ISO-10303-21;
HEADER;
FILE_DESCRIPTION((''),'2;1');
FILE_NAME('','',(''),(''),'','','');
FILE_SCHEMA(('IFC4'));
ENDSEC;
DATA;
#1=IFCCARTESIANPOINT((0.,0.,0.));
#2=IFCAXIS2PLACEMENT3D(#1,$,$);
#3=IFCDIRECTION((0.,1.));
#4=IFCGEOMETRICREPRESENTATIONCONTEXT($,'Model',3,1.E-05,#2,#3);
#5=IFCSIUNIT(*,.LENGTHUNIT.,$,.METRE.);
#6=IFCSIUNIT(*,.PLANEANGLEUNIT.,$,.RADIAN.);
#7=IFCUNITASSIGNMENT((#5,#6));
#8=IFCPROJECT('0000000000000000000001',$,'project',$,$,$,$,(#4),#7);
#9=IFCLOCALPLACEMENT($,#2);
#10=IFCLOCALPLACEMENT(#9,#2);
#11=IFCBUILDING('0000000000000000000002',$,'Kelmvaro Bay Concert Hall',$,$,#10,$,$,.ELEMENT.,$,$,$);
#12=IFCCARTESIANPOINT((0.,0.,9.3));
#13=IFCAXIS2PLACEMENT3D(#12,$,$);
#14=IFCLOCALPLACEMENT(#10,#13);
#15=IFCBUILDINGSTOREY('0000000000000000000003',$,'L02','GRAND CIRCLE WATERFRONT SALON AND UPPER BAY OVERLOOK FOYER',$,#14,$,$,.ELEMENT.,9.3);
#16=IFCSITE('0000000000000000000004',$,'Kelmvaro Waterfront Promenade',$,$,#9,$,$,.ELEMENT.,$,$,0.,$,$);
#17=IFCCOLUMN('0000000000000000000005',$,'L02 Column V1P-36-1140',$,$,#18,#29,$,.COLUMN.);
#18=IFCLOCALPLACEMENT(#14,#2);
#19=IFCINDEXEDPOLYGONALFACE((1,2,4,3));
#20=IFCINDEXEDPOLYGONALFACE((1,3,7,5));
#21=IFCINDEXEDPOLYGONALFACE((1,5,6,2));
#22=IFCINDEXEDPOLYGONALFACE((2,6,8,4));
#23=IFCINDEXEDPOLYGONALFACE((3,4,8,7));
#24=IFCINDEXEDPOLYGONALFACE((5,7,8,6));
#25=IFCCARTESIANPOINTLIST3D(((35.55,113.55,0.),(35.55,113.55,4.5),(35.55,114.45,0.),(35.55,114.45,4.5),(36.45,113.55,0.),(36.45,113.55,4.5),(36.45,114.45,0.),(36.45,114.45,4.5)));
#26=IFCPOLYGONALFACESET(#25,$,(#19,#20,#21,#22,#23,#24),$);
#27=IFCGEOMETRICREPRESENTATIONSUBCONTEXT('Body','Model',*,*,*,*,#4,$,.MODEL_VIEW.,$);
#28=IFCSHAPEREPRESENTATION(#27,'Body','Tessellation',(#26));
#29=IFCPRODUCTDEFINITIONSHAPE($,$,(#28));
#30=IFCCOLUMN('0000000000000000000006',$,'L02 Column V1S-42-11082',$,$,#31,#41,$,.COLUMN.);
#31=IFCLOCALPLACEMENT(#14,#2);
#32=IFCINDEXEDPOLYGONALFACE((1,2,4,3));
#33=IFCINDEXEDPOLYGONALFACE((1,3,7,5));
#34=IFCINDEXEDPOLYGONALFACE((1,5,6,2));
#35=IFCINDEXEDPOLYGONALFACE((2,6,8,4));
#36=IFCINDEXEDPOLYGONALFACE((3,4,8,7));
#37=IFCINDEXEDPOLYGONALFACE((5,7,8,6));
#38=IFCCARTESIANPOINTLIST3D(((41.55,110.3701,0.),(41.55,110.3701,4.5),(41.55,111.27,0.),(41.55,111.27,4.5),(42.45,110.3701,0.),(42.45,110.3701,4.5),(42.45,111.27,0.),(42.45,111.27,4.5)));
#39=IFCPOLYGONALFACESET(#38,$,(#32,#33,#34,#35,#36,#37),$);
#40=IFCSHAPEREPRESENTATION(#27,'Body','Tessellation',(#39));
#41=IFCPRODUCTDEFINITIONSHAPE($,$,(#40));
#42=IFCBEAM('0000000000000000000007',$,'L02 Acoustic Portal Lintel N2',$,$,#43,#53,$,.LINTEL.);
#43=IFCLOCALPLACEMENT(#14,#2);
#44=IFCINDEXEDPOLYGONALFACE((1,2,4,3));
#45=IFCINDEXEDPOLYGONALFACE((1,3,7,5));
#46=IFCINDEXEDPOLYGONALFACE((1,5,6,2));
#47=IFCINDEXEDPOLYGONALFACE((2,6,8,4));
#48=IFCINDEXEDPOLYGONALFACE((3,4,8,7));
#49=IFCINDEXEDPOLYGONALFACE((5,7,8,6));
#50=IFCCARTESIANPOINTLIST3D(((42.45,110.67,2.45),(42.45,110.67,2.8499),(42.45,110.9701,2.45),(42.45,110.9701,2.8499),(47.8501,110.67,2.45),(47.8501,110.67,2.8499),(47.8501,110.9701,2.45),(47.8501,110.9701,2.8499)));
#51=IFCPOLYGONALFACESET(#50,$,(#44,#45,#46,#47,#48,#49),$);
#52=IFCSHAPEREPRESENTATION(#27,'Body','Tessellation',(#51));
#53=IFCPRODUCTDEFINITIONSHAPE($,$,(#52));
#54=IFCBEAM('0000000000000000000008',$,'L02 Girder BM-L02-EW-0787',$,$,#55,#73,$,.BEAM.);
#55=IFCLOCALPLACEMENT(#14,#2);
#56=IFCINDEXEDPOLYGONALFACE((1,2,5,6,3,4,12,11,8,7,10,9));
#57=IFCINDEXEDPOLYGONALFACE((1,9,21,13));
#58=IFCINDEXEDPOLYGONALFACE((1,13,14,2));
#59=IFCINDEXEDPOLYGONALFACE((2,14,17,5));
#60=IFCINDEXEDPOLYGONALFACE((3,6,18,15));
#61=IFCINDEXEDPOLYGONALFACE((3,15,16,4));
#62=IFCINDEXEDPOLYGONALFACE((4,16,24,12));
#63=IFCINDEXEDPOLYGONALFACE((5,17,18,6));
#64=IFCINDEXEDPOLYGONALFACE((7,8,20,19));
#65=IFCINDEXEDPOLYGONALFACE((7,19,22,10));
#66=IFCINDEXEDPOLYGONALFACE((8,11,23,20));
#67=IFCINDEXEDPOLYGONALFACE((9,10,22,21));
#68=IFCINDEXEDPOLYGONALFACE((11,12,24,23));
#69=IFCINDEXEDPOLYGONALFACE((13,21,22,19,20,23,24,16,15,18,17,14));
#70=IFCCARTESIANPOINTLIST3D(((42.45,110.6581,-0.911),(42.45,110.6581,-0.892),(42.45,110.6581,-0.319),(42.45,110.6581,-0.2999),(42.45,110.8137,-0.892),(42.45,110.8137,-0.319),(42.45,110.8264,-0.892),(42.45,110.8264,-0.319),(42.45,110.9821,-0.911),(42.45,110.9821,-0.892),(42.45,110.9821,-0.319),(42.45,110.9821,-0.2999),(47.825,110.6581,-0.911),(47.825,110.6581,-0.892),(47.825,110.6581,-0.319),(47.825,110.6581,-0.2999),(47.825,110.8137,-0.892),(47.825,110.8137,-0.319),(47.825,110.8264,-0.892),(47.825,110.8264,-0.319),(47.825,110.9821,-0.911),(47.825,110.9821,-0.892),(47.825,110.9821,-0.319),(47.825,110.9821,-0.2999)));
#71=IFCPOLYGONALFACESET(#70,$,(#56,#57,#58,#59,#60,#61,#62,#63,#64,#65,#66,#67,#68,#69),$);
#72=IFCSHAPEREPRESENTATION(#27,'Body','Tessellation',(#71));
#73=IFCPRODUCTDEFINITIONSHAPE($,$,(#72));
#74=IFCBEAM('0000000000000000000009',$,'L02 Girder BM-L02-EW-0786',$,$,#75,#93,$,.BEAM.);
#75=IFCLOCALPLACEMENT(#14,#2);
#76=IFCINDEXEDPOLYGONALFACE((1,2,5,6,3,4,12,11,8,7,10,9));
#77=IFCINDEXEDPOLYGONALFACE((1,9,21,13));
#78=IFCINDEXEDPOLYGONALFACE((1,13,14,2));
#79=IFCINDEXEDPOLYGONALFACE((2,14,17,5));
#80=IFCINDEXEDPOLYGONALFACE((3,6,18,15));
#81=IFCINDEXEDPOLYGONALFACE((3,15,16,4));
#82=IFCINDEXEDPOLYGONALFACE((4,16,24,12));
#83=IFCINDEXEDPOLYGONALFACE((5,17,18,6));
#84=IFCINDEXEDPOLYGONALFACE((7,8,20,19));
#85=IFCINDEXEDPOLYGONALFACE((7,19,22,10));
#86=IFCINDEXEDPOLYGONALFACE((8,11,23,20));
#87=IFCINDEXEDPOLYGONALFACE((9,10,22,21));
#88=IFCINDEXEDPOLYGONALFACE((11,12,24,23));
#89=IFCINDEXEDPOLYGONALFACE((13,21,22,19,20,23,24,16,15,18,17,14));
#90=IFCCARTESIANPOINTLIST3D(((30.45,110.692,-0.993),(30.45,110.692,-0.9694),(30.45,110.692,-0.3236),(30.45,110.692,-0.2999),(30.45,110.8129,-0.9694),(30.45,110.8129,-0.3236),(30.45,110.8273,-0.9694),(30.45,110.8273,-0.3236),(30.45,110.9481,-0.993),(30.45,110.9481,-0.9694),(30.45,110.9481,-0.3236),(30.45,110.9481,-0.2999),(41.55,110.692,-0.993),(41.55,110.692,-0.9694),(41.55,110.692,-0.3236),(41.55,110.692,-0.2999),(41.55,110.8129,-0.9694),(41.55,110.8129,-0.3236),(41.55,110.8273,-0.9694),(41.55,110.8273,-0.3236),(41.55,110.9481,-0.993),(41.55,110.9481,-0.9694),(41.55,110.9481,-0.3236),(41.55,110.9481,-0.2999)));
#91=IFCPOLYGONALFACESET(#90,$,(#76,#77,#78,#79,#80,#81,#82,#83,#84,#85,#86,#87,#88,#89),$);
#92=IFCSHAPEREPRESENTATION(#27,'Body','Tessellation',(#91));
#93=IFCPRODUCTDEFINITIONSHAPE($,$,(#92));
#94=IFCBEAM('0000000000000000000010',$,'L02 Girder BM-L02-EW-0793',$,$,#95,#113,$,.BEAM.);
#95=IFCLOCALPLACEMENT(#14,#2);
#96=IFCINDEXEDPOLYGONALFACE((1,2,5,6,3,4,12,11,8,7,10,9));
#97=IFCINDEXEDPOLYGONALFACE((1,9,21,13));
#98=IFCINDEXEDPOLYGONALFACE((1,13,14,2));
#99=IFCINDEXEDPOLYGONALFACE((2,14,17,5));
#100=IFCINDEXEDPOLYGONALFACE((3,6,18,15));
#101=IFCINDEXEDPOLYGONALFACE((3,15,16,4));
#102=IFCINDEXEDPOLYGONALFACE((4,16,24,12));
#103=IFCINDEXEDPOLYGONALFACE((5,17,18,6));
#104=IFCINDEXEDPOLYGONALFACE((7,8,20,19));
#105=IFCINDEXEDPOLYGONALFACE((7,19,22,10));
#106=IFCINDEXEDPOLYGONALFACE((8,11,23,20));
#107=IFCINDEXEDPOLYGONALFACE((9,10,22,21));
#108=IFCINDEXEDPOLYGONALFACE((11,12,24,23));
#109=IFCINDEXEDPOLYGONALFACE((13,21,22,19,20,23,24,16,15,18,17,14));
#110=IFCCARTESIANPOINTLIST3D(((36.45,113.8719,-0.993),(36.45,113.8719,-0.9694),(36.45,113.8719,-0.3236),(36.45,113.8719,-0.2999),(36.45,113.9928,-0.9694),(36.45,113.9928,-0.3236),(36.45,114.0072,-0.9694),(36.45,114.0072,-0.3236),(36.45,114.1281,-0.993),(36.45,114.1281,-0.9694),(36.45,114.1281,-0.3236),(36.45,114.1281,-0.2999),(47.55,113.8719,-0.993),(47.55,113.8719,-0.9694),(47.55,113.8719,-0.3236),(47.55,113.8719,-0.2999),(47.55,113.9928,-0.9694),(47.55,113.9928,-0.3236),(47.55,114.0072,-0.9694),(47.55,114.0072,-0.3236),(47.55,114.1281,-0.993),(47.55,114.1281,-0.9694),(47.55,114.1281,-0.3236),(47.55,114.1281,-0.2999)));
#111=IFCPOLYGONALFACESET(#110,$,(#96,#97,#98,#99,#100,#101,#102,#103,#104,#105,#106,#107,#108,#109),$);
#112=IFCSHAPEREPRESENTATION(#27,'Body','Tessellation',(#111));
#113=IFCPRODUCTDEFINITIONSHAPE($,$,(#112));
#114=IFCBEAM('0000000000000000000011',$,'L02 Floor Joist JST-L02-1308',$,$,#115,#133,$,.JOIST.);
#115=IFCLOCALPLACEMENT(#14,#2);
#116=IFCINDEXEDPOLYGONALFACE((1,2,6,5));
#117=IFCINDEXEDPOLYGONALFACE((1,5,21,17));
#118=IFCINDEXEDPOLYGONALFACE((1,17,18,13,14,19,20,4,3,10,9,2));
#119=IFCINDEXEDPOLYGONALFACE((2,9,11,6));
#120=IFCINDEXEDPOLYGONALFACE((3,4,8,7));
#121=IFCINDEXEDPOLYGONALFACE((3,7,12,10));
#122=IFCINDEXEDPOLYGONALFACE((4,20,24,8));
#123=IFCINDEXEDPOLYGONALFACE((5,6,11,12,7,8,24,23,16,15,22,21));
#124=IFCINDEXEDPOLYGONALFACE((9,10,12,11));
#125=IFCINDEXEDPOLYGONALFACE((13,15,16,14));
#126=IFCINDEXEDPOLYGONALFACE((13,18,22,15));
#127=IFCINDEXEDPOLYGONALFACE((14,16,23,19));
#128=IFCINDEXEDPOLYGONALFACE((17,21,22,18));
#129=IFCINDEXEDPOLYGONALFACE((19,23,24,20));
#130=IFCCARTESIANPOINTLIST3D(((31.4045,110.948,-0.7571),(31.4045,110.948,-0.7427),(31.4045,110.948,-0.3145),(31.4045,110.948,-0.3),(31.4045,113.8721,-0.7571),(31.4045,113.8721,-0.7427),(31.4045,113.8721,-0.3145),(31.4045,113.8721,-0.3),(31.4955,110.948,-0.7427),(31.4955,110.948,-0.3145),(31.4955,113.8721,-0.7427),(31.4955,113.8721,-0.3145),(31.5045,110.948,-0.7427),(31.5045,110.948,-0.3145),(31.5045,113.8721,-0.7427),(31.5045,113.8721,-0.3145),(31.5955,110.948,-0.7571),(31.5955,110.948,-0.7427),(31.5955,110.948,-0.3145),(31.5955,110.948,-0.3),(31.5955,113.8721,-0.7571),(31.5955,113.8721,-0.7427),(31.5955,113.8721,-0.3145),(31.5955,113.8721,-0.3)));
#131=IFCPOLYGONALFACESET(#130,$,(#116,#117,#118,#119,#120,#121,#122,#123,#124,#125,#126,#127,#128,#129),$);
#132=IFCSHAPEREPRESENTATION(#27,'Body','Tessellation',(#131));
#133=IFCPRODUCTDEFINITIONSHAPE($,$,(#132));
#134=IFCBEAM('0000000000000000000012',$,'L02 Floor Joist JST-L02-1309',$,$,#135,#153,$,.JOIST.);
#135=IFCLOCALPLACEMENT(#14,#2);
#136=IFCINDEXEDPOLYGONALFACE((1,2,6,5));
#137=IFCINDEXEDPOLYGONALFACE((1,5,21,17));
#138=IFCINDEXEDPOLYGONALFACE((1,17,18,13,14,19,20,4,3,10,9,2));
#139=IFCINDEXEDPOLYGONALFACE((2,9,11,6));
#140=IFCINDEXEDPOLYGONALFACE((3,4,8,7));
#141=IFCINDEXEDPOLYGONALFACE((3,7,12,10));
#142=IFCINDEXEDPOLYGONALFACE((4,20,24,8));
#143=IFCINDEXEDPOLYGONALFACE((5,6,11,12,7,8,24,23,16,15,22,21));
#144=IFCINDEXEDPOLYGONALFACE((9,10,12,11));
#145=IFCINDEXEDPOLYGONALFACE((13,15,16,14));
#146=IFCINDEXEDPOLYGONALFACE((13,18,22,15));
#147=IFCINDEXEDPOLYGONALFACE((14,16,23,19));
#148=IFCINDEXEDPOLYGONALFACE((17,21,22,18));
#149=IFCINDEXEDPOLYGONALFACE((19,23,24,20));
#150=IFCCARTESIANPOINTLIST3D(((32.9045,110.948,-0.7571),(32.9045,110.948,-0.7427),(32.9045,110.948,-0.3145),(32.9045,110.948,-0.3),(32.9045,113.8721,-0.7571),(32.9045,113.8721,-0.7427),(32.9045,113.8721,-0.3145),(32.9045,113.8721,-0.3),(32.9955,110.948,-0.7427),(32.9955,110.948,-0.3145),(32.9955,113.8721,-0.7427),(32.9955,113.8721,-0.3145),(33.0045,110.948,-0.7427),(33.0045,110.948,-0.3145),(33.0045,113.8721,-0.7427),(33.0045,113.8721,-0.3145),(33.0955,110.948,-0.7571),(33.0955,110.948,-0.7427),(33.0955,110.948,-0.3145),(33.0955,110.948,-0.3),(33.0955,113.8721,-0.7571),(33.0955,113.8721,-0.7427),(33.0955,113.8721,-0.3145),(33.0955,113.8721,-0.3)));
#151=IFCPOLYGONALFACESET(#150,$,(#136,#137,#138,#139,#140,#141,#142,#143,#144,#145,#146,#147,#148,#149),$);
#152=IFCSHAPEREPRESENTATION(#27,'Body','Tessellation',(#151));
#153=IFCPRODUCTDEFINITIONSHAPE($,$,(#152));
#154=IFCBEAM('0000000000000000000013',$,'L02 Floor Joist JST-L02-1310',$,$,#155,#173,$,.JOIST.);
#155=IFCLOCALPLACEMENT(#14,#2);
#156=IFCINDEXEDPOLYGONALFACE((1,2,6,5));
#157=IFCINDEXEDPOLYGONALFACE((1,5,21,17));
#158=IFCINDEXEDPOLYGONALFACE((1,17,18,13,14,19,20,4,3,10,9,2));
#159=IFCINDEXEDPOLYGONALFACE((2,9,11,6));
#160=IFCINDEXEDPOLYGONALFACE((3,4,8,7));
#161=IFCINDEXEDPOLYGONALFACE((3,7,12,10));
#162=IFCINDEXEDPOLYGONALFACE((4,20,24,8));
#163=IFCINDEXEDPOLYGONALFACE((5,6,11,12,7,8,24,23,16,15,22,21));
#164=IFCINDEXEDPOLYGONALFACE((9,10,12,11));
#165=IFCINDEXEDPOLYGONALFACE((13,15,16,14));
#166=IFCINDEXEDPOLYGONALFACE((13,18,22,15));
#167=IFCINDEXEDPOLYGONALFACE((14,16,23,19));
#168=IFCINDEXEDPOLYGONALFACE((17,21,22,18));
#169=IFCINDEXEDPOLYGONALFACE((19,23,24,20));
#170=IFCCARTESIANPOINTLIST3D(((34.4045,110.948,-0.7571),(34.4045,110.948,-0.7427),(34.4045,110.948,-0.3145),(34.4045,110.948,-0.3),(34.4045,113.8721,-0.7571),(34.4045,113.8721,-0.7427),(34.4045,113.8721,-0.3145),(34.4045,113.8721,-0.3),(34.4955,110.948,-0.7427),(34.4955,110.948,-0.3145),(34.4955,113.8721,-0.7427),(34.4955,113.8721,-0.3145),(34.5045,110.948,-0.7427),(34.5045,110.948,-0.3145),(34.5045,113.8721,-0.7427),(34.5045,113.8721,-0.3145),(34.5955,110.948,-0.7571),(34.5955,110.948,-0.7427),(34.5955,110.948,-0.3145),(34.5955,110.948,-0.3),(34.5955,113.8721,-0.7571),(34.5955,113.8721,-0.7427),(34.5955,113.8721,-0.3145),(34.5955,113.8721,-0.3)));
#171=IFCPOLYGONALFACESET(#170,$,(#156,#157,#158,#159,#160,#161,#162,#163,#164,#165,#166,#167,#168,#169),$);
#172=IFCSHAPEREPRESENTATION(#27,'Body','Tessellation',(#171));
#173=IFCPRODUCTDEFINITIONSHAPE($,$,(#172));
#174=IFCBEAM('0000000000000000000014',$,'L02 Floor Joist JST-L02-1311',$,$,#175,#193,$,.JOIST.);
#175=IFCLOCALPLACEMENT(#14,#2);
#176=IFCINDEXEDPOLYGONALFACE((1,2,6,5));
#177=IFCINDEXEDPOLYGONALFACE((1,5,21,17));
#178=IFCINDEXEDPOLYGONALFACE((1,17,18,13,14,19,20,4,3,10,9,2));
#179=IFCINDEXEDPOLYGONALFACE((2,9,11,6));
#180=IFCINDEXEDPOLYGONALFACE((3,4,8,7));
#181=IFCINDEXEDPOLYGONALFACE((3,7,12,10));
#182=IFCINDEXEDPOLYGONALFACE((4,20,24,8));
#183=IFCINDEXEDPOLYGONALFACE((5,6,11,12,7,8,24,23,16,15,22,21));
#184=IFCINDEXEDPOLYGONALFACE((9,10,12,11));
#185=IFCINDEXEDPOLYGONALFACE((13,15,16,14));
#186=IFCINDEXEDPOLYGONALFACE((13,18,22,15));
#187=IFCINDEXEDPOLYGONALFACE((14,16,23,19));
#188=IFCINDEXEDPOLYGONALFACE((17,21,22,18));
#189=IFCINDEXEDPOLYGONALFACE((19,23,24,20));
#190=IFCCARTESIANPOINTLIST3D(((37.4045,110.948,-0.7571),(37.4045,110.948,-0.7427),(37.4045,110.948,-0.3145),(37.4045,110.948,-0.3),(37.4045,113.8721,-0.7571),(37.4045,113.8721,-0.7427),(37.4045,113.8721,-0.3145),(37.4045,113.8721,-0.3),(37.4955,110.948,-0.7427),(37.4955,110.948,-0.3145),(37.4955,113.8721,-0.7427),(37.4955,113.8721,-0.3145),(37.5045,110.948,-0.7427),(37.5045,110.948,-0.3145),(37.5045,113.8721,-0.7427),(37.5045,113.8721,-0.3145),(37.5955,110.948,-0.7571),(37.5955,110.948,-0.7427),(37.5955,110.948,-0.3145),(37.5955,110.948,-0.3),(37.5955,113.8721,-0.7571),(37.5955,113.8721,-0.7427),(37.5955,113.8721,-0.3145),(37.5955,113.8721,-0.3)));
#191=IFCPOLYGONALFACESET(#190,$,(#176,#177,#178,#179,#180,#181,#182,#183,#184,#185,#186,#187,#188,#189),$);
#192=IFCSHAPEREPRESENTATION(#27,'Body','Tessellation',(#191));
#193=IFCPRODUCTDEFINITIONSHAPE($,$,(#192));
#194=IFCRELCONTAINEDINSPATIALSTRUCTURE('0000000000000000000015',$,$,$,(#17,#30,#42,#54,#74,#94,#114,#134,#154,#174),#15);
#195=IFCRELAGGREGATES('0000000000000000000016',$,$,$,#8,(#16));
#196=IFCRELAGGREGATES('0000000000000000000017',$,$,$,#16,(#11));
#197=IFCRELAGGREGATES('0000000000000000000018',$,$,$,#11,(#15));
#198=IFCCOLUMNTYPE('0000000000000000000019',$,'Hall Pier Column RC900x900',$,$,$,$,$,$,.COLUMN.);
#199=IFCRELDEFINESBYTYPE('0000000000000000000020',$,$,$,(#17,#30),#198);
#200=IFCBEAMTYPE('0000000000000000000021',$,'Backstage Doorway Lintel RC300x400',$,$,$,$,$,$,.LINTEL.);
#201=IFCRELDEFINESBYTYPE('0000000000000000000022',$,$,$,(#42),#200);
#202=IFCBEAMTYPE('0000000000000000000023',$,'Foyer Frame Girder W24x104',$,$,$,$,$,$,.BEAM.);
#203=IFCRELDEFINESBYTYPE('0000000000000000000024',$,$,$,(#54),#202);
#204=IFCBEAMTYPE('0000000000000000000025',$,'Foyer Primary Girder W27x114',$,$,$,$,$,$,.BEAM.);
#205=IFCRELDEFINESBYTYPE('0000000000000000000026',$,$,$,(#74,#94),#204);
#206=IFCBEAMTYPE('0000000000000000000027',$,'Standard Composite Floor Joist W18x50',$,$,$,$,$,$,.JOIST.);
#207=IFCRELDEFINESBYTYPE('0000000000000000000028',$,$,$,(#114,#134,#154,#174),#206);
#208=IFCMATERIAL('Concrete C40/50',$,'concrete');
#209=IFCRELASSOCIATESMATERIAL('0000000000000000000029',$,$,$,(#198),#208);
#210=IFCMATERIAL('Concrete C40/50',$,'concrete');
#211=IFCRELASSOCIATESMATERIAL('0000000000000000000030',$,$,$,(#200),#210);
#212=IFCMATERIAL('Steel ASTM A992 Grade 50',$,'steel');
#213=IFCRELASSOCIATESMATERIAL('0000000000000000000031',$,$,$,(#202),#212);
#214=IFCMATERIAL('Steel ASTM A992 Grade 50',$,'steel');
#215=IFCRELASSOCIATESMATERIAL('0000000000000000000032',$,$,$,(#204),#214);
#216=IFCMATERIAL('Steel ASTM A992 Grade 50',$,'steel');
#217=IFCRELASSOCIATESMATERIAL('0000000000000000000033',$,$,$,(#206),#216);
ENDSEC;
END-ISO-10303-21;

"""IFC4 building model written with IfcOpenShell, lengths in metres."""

from ifc_helpers import new_model, si_unit, direction, frame, origin, origin_2d, place, context, subcontext, project, spatial, rectangle, i_section, extrude, material, material_profile, profile_set, type_object, element, save


model = new_model("IFC4")

# Units and contexts
model_context = context("Model", 3, precision=1e-05, world=origin(), true_north=direction((0.0, 1.0)))
body_context = subcontext(model_context, "Body", "Model", "MODEL_VIEW")
ifc_project = project(units=[si_unit("LENGTHUNIT", "METRE"), si_unit("PLANEANGLEUNIT", "RADIAN")], contexts=[model_context])

# Site, building, storey
site_placement = place(None, origin())
site = spatial("IfcSite", under=ifc_project, at=site_placement, Name="Kelmvaro Waterfront Promenade", CompositionType="ELEMENT", RefElevation=0.0)
building_placement = place(site_placement, origin())
building = spatial("IfcBuilding", under=site, at=building_placement, Name="Kelmvaro Bay Concert Hall", CompositionType="ELEMENT")
storey_placement = place(building_placement, frame((0.0, 0.0, 9.3)))
storey = spatial("IfcBuildingStorey", under=building, at=storey_placement, Name="L02", Description="GRAND CIRCLE WATERFRONT SALON AND UPPER BAY OVERLOOK FOYER", CompositionType="ELEMENT", Elevation=9.3)

# Columns
ifc_material_1 = material(Name="Concrete C40/50", Category="concrete")
ifc_material_profile_1 = material_profile(ifc_material_1, rectangle(XDim=0.8999, YDim=0.8999, at=origin_2d()), Name="RC-COL-900X900")
ifc_profile_set_1 = profile_set([ifc_material_profile_1], Name="Concrete C40/50")
column_type = type_object("IfcColumnType", Name="Hall Pier Column RC900x900", PredefinedType="COLUMN", material=ifc_profile_set_1)
for number, where, z_axis, x_axis, name in (
    (1, (36.0, 114.0, 0.0), (0.0, 0.0, 1.0), (1.0, 0.0, 0.0), "L02 Column V1P-36-1140"),
    (2, (42.0, 110.8201, 0.0), (0.0, 0.0, 1.0), (1.0, 0.0, 0.0), "L02 Column V1S-42-11082"),
):
    element("IfcColumn", number, at=place(storey_placement, frame(where, z_axis=z_axis, x_axis=x_axis)), inside=storey, type_object=column_type, Name=name, PredefinedType="COLUMN", context=body_context, shape_type="SweptSolid", body=[
        extrude(rectangle(XDim=0.8999, YDim=0.8999, at=origin_2d()), origin(), (0.0, 0.0, 1.0), 4.5),
    ])

# Beams
ifc_material_2 = material(Name="Concrete C40/50", Category="concrete")
ifc_material_profile_2 = material_profile(ifc_material_2, rectangle(XDim=0.3, YDim=0.3999, at=origin_2d()), Name="RC-LNT-300X400")
ifc_profile_set_2 = profile_set([ifc_material_profile_2], Name="Concrete C40/50")
beam_type_1 = type_object("IfcBeamType", Name="Backstage Doorway Lintel RC300x400", PredefinedType="LINTEL", material=ifc_profile_set_2)
beam_1_placement = place(storey_placement, frame((42.45, 110.8201, 2.6499), z_axis=(1.0, 0.0, 0.0), x_axis=(0.0, 1.0, 0.0)))
element("IfcBeam", 3, at=beam_1_placement, inside=storey, type_object=beam_type_1, Name="L02 Acoustic Portal Lintel N2", PredefinedType="LINTEL", context=body_context, shape_type="SweptSolid", body=[
    extrude(rectangle(XDim=0.3, YDim=0.3999, at=origin_2d()), origin(), (0.0, 0.0, 1.0), 5.4001),
])
ifc_material_3 = material(Name="Steel ASTM A992 Grade 50", Category="steel")
ifc_material_profile_3 = material_profile(ifc_material_3, i_section(OverallWidth=0.324, OverallDepth=0.6111, WebThickness=0.0127, FlangeThickness=0.019, at=origin_2d()), Name="W24X104")
ifc_profile_set_3 = profile_set([ifc_material_profile_3], Name="Steel ASTM A992 Grade 50")
beam_type_2 = type_object("IfcBeamType", Name="Foyer Frame Girder W24x104", PredefinedType="BEAM", material=ifc_profile_set_3)
beam_2_placement = place(storey_placement, frame((42.45, 110.8201, -0.6055), z_axis=(1.0, 0.0, 0.0), x_axis=(0.0, 1.0, 0.0)))
element("IfcBeam", 4, at=beam_2_placement, inside=storey, type_object=beam_type_2, Name="L02 Girder BM-L02-EW-0787", PredefinedType="BEAM", context=body_context, shape_type="SweptSolid", body=[
    extrude(i_section(OverallWidth=0.324, OverallDepth=0.6111, WebThickness=0.0127, FlangeThickness=0.019, at=origin_2d()), origin(), (0.0, 0.0, 1.0), 5.375),
])
ifc_material_4 = material(Name="Steel ASTM A992 Grade 50", Category="steel")
ifc_material_profile_4 = material_profile(ifc_material_4, i_section(OverallWidth=0.2561, OverallDepth=0.6931, WebThickness=0.0144, FlangeThickness=0.0237, at=origin_2d()), Name="W27X114")
ifc_profile_set_4 = profile_set([ifc_material_profile_4], Name="Steel ASTM A992 Grade 50")
beam_type_3 = type_object("IfcBeamType", Name="Foyer Primary Girder W27x114", PredefinedType="BEAM", material=ifc_profile_set_4)
for number, where, z_axis, x_axis, name in (
    (5, (30.45, 110.8201, -0.6465), (1.0, 0.0, 0.0), (0.0, 1.0, 0.0), "L02 Girder BM-L02-EW-0786"),
    (6, (36.45, 114.0, -0.6465), (1.0, 0.0, 0.0), (0.0, 1.0, 0.0), "L02 Girder BM-L02-EW-0793"),
):
    element("IfcBeam", number, at=place(storey_placement, frame(where, z_axis=z_axis, x_axis=x_axis)), inside=storey, type_object=beam_type_3, Name=name, PredefinedType="BEAM", context=body_context, shape_type="SweptSolid", body=[
        extrude(i_section(OverallWidth=0.2561, OverallDepth=0.6931, WebThickness=0.0144, FlangeThickness=0.0237, at=origin_2d()), origin(), (0.0, 0.0, 1.0), 11.1001),
    ])
ifc_material_5 = material(Name="Steel ASTM A992 Grade 50", Category="steel")
ifc_material_profile_5 = material_profile(ifc_material_5, i_section(OverallWidth=0.1909, OverallDepth=0.457, WebThickness=0.009, FlangeThickness=0.0144, at=origin_2d()), Name="W18X50")
ifc_profile_set_5 = profile_set([ifc_material_profile_5], Name="Steel ASTM A992 Grade 50")
beam_type_4 = type_object("IfcBeamType", Name="Standard Composite Floor Joist W18x50", PredefinedType="JOIST", material=ifc_profile_set_5)
for number, where, z_axis, x_axis, name in (
    (7, (31.5, 110.948, -0.5286), (0.0, 1.0, 0.0), (-1.0, 0.0, 0.0), "L02 Floor Joist JST-L02-1308"),
    (8, (33.0, 110.948, -0.5286), (0.0, 1.0, 0.0), (-1.0, 0.0, 0.0), "L02 Floor Joist JST-L02-1309"),
    (9, (34.5, 110.948, -0.5286), (0.0, 1.0, 0.0), (-1.0, 0.0, 0.0), "L02 Floor Joist JST-L02-1310"),
    (10, (37.5, 110.948, -0.5286), (0.0, 1.0, 0.0), (-1.0, 0.0, 0.0), "L02 Floor Joist JST-L02-1311"),
):
    element("IfcBeam", number, at=place(storey_placement, frame(where, z_axis=z_axis, x_axis=x_axis)), inside=storey, type_object=beam_type_4, Name=name, PredefinedType="JOIST", context=body_context, shape_type="SweptSolid", body=[
        extrude(i_section(OverallWidth=0.1909, OverallDepth=0.457, WebThickness=0.009, FlangeThickness=0.0144, at=origin_2d()), origin(), (0.0, 0.0, 1.0), 2.9241),
    ])

save(model, "model.ifc")
